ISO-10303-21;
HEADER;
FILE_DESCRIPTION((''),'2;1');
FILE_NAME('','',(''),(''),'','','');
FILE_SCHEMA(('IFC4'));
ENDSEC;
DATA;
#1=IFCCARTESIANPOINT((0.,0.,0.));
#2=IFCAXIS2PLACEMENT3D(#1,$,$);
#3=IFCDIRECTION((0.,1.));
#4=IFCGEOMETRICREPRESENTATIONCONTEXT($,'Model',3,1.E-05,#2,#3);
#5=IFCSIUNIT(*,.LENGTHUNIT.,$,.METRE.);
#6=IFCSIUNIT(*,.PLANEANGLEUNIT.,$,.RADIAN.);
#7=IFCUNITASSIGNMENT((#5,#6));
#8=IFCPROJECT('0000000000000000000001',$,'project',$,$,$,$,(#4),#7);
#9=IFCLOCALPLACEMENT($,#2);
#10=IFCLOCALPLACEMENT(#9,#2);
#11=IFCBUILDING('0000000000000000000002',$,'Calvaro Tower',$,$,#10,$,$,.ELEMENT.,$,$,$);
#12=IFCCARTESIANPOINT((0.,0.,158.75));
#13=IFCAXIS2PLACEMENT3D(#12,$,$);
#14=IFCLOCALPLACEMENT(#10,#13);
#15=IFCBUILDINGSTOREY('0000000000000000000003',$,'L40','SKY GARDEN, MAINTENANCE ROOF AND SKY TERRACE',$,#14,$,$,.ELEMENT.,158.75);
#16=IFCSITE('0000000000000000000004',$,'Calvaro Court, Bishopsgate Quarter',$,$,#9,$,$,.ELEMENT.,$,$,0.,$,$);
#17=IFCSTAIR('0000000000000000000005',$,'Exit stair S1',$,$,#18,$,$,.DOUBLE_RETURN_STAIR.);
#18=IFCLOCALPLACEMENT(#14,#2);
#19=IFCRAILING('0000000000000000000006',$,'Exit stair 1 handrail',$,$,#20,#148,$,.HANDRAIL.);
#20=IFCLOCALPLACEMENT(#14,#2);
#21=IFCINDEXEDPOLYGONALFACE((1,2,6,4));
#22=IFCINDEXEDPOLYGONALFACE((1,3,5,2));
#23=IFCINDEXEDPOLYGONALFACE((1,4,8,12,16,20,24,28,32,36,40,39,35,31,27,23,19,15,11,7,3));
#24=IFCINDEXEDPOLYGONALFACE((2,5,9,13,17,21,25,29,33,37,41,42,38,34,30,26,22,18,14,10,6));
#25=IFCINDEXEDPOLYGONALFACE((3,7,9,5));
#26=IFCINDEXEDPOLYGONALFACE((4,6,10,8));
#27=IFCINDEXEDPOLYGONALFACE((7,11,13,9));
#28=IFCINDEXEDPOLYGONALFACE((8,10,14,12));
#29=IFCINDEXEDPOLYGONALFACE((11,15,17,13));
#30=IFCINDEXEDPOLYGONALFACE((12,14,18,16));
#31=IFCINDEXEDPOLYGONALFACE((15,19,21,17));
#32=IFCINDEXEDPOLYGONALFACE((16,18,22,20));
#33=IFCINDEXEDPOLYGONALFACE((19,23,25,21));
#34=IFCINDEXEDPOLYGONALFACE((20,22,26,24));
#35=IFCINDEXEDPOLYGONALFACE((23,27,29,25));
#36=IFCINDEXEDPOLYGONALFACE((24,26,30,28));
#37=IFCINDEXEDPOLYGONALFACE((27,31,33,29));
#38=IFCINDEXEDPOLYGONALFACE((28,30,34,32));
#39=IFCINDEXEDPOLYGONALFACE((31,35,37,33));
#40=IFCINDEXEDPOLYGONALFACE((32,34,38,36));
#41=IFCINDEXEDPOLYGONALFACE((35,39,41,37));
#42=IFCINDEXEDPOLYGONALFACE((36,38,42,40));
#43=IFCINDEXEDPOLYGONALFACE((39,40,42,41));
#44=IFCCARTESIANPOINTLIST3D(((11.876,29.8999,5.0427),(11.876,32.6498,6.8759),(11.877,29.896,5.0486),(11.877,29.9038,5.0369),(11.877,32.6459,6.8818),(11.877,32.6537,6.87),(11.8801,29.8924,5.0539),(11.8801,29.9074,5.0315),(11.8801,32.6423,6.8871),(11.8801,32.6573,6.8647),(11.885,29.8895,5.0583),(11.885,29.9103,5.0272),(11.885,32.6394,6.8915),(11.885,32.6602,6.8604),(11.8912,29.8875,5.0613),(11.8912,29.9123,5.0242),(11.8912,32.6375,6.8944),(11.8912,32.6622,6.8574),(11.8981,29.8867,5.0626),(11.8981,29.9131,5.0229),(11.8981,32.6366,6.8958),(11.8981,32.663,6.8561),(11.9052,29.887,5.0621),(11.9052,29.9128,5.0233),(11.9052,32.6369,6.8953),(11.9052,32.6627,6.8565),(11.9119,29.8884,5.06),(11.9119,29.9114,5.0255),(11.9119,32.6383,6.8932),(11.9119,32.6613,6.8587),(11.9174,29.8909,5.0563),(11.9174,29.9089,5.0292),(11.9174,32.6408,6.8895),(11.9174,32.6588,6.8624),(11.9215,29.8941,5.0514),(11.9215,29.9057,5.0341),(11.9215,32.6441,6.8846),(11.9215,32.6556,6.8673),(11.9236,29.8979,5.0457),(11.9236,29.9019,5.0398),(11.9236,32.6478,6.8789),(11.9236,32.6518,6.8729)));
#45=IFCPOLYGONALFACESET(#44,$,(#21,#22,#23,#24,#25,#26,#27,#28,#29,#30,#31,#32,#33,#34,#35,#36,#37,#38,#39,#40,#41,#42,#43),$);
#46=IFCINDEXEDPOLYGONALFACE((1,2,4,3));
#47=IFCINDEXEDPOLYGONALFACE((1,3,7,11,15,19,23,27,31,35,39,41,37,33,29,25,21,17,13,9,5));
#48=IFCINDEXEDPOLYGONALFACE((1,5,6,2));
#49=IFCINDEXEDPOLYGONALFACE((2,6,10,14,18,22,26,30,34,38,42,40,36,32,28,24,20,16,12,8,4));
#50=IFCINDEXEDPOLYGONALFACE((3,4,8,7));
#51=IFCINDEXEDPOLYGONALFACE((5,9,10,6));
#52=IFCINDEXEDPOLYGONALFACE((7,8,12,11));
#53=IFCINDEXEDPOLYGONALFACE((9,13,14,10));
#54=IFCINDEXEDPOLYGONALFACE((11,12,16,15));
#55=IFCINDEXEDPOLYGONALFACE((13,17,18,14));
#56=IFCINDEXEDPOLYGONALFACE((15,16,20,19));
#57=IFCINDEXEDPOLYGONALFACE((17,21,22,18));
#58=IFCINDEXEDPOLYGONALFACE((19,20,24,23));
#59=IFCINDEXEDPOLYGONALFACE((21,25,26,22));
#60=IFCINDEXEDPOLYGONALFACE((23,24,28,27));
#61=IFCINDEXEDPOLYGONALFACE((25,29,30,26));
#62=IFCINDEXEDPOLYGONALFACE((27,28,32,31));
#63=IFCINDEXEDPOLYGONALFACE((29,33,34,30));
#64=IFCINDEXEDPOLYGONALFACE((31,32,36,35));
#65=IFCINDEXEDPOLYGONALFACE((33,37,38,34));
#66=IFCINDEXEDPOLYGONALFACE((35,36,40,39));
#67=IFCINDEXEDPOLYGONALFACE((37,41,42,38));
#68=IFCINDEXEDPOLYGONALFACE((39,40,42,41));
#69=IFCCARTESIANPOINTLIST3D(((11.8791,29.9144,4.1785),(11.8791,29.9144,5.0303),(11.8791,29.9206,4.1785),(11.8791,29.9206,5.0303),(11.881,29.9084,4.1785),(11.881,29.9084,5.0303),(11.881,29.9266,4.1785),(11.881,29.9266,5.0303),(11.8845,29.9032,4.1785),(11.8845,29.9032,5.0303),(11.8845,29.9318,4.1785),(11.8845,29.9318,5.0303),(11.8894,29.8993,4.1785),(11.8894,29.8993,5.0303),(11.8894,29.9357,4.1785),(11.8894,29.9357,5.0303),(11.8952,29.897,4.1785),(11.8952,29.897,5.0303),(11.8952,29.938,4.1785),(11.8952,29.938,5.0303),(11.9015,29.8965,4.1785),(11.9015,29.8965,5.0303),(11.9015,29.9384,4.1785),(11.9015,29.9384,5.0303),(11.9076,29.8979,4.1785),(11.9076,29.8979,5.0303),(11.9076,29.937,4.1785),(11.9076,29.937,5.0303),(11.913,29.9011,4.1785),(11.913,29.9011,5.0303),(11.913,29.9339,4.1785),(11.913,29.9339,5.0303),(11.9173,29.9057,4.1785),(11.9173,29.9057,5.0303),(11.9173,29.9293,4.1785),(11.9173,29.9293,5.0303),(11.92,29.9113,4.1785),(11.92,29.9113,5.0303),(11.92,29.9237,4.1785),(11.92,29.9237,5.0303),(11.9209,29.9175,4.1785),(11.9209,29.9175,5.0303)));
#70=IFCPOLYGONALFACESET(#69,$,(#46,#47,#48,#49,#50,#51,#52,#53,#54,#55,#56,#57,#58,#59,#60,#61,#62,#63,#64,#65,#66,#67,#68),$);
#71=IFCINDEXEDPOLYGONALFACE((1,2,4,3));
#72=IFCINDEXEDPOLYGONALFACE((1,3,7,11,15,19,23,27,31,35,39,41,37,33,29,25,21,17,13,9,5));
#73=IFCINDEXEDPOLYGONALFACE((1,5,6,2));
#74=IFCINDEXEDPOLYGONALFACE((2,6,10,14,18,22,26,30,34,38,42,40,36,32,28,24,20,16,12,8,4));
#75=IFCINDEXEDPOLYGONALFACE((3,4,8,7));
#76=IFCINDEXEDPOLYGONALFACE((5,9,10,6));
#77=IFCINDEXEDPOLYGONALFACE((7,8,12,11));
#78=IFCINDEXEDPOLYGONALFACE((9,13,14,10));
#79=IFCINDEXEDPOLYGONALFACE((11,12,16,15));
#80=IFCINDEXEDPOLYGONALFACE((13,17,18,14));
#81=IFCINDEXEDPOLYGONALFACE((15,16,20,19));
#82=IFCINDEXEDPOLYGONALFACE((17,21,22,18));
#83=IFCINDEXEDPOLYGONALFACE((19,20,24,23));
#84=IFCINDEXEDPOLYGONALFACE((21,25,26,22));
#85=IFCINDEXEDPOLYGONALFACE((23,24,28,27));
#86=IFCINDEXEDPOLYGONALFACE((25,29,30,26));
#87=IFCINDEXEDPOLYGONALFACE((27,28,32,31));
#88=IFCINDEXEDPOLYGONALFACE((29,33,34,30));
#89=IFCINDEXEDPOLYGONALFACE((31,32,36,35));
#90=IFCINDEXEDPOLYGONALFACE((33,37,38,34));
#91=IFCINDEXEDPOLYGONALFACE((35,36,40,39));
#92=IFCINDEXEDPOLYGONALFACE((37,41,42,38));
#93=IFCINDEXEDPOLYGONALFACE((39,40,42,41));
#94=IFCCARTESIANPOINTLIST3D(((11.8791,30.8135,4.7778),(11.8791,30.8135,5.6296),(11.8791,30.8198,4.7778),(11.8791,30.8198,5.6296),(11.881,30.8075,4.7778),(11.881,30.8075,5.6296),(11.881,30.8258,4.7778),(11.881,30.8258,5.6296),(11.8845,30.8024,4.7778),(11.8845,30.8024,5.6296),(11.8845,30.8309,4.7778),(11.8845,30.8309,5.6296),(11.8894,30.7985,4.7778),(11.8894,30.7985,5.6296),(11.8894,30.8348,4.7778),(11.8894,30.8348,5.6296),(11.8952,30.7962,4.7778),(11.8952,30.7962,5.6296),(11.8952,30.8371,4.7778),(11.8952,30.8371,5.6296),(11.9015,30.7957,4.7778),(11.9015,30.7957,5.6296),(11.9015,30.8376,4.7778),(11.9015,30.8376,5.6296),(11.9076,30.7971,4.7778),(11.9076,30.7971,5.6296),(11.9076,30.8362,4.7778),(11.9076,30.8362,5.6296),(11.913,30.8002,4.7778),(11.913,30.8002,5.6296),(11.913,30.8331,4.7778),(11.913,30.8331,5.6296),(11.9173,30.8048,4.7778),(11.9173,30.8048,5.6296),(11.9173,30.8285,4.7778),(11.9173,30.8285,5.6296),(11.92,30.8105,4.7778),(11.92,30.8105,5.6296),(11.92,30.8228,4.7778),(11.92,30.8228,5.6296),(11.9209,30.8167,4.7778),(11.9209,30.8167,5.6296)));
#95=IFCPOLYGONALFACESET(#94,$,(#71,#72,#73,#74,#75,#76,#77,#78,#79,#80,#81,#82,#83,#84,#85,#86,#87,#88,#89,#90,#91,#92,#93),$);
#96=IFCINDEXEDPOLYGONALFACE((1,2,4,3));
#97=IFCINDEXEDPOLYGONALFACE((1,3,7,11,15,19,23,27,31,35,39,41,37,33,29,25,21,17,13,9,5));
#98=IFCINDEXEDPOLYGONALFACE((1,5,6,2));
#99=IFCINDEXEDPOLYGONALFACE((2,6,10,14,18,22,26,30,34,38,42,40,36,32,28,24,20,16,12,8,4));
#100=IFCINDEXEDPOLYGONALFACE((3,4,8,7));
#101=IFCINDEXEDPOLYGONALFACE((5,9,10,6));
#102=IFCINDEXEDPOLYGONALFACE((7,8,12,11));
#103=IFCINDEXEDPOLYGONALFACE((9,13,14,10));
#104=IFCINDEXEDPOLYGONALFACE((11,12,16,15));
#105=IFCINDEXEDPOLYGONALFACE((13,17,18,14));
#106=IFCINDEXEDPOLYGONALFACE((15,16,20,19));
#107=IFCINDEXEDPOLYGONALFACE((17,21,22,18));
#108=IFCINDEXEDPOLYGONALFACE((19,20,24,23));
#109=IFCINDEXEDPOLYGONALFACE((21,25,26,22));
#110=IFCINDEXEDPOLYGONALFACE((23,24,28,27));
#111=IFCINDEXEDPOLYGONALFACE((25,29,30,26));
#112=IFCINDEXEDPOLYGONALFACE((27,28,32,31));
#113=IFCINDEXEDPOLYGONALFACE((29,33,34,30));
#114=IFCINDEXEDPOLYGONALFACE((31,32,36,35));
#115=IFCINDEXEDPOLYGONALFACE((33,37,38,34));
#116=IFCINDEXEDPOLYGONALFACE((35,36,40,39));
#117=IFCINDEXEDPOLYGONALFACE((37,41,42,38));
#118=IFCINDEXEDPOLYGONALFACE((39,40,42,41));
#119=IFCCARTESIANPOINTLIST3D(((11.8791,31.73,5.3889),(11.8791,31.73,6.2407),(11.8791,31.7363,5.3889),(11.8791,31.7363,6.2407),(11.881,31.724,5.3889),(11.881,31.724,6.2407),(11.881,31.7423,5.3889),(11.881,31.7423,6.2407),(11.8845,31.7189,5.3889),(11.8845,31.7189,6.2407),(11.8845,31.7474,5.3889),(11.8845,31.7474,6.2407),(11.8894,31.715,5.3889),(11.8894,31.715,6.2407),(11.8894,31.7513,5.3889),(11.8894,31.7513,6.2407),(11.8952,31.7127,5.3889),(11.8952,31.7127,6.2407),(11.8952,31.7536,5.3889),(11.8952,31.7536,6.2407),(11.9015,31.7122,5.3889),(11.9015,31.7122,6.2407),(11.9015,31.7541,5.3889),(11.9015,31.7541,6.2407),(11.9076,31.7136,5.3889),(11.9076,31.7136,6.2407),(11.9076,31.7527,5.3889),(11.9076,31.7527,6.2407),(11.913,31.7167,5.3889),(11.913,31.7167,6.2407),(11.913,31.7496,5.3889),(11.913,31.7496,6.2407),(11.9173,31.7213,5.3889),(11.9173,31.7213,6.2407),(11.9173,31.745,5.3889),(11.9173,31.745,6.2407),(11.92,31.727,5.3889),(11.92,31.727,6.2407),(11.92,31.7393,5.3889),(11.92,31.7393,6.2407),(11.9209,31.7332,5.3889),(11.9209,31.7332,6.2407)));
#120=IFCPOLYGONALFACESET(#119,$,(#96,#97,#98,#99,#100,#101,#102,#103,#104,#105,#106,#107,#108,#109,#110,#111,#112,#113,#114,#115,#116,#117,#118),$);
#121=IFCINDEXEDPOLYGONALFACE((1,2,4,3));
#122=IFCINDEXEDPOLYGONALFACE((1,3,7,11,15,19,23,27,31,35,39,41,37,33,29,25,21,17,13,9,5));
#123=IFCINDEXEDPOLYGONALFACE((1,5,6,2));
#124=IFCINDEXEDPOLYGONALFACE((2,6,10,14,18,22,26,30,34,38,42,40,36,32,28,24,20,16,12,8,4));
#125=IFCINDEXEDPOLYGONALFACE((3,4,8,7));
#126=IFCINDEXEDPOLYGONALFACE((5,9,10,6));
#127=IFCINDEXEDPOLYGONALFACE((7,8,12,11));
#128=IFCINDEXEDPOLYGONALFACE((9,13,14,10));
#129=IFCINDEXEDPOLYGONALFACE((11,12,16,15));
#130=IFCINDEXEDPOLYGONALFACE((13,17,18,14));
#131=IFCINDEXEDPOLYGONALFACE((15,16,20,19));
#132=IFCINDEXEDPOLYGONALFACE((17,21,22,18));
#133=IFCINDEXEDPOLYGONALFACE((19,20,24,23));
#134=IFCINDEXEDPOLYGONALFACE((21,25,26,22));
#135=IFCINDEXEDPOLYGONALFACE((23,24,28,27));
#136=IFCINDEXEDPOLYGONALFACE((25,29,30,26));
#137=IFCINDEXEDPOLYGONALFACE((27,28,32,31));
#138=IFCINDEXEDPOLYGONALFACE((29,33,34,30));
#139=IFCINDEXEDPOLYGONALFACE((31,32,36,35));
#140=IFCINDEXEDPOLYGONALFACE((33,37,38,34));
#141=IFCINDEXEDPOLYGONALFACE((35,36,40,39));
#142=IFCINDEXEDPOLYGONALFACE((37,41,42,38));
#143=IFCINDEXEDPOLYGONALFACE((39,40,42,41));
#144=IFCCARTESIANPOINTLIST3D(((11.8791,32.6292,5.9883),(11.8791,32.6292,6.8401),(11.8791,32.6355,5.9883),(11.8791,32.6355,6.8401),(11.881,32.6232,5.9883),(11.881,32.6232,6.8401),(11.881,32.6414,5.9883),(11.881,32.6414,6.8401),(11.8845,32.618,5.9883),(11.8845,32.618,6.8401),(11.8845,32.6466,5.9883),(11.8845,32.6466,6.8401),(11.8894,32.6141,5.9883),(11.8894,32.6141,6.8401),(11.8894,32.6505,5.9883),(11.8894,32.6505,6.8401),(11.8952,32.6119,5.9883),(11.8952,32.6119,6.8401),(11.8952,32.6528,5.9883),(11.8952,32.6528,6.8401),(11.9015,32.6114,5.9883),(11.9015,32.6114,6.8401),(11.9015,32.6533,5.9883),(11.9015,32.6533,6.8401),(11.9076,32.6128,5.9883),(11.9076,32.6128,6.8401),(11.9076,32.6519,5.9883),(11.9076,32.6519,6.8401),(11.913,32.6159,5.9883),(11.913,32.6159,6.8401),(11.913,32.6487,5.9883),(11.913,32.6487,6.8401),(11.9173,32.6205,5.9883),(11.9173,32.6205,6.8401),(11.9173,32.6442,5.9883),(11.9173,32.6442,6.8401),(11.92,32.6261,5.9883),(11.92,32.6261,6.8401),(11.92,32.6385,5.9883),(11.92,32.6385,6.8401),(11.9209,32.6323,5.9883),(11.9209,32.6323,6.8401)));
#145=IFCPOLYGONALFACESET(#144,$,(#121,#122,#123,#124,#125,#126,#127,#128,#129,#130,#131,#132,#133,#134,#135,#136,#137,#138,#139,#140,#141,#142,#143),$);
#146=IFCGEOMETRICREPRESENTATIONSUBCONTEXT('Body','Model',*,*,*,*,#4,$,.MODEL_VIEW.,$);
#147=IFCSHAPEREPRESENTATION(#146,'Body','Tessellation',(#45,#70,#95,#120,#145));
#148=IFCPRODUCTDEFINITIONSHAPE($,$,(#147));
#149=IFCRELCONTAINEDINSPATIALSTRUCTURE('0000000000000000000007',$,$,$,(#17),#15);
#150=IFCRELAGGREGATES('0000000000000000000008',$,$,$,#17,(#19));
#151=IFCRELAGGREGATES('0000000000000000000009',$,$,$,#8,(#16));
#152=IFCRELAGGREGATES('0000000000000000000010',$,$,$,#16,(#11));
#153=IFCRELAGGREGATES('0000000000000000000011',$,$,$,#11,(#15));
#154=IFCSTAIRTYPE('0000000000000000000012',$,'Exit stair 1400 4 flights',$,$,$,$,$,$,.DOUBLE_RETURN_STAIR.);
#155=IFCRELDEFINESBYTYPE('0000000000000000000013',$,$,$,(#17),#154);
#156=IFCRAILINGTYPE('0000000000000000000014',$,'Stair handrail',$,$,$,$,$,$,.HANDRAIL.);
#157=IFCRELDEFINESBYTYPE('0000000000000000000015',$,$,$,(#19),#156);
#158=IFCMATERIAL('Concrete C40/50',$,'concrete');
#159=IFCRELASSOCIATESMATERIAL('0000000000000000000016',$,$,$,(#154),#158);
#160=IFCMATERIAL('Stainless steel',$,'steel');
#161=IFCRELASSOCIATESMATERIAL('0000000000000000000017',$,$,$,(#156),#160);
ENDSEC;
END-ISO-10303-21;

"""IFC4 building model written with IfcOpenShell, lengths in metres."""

from ifc_helpers import new_model, si_unit, direction, frame, origin, origin_2d, place, context, subcontext, project, spatial, circle, extrude, material, type_object, element, aggregate, save


model = new_model("IFC4")

# Units and contexts
model_context = context("Model", 3, precision=1e-05, world=origin(), true_north=direction((0.0, 1.0)))
body_context = subcontext(model_context, "Body", "Model", "MODEL_VIEW")
ifc_project = project(units=[si_unit("LENGTHUNIT", "METRE"), si_unit("PLANEANGLEUNIT", "RADIAN")], contexts=[model_context])

# Site, building, storey
site_placement = place(None, origin())
site = spatial("IfcSite", under=ifc_project, at=site_placement, Name="Calvaro Court, Bishopsgate Quarter", CompositionType="ELEMENT", RefElevation=0.0)
building_placement = place(site_placement, origin())
building = spatial("IfcBuilding", under=site, at=building_placement, Name="Calvaro Tower", CompositionType="ELEMENT")
storey_placement = place(building_placement, frame((0.0, 0.0, 158.75)))
storey = spatial("IfcBuildingStorey", under=building, at=storey_placement, Name="L40", Description="SKY GARDEN, MAINTENANCE ROOF AND SKY TERRACE", CompositionType="ELEMENT", Elevation=158.75)

# Stair
ifc_material_1 = material(Name="Concrete C40/50", Category="concrete")
stair_type = type_object("IfcStairType", Name="Exit stair 1400 4 flights", PredefinedType="DOUBLE_RETURN_STAIR", material=ifc_material_1)
stair_placement = place(storey_placement, origin())
stair = element("IfcStair", 1, at=stair_placement, inside=storey, type_object=stair_type, Name="Exit stair S1", PredefinedType="DOUBLE_RETURN_STAIR")

# Railing
ifc_material_2 = material(Name="Stainless steel", Category="steel")
railing_type_1 = type_object("IfcRailingType", Name="Stair handrail", PredefinedType="HANDRAIL", material=ifc_material_2)
railing_1_placement = place(storey_placement, frame((11.8999, 29.8999, 4.1667)))
railing_1 = element("IfcRailing", 2, at=railing_1_placement, type_object=railing_type_1, Name="Exit stair 1 handrail", PredefinedType="HANDRAIL", context=body_context, shape_type="SweptSolid", body=[
    extrude(circle(Radius=0.0239, at=origin_2d()), frame((0.0, 0.0, 0.876), z_axis=(0.0, 0.832062, 0.554683), x_axis=(-1.0, 0.0, 0.0)), (0.0, 0.0, 1.0), 3.3049),
    extrude(circle(Radius=0.021, at=origin_2d()), frame((0.0, 0.0176, 0.0117)), (0.0, 0.0, 1.0), 0.8518),
    extrude(circle(Radius=0.021, at=origin_2d()), frame((0.0, 0.9167, 0.6111)), (0.0, 0.0, 1.0), 0.8518),
    extrude(circle(Radius=0.021, at=origin_2d()), frame((0.0, 1.8333, 1.2222)), (0.0, 0.0, 1.0), 0.8518),
    extrude(circle(Radius=0.021, at=origin_2d()), frame((0.0, 2.7324, 1.8215)), (0.0, 0.0, 1.0), 0.8518),
])
aggregate(stair, [railing_1])

save(model, "model.ifc")
